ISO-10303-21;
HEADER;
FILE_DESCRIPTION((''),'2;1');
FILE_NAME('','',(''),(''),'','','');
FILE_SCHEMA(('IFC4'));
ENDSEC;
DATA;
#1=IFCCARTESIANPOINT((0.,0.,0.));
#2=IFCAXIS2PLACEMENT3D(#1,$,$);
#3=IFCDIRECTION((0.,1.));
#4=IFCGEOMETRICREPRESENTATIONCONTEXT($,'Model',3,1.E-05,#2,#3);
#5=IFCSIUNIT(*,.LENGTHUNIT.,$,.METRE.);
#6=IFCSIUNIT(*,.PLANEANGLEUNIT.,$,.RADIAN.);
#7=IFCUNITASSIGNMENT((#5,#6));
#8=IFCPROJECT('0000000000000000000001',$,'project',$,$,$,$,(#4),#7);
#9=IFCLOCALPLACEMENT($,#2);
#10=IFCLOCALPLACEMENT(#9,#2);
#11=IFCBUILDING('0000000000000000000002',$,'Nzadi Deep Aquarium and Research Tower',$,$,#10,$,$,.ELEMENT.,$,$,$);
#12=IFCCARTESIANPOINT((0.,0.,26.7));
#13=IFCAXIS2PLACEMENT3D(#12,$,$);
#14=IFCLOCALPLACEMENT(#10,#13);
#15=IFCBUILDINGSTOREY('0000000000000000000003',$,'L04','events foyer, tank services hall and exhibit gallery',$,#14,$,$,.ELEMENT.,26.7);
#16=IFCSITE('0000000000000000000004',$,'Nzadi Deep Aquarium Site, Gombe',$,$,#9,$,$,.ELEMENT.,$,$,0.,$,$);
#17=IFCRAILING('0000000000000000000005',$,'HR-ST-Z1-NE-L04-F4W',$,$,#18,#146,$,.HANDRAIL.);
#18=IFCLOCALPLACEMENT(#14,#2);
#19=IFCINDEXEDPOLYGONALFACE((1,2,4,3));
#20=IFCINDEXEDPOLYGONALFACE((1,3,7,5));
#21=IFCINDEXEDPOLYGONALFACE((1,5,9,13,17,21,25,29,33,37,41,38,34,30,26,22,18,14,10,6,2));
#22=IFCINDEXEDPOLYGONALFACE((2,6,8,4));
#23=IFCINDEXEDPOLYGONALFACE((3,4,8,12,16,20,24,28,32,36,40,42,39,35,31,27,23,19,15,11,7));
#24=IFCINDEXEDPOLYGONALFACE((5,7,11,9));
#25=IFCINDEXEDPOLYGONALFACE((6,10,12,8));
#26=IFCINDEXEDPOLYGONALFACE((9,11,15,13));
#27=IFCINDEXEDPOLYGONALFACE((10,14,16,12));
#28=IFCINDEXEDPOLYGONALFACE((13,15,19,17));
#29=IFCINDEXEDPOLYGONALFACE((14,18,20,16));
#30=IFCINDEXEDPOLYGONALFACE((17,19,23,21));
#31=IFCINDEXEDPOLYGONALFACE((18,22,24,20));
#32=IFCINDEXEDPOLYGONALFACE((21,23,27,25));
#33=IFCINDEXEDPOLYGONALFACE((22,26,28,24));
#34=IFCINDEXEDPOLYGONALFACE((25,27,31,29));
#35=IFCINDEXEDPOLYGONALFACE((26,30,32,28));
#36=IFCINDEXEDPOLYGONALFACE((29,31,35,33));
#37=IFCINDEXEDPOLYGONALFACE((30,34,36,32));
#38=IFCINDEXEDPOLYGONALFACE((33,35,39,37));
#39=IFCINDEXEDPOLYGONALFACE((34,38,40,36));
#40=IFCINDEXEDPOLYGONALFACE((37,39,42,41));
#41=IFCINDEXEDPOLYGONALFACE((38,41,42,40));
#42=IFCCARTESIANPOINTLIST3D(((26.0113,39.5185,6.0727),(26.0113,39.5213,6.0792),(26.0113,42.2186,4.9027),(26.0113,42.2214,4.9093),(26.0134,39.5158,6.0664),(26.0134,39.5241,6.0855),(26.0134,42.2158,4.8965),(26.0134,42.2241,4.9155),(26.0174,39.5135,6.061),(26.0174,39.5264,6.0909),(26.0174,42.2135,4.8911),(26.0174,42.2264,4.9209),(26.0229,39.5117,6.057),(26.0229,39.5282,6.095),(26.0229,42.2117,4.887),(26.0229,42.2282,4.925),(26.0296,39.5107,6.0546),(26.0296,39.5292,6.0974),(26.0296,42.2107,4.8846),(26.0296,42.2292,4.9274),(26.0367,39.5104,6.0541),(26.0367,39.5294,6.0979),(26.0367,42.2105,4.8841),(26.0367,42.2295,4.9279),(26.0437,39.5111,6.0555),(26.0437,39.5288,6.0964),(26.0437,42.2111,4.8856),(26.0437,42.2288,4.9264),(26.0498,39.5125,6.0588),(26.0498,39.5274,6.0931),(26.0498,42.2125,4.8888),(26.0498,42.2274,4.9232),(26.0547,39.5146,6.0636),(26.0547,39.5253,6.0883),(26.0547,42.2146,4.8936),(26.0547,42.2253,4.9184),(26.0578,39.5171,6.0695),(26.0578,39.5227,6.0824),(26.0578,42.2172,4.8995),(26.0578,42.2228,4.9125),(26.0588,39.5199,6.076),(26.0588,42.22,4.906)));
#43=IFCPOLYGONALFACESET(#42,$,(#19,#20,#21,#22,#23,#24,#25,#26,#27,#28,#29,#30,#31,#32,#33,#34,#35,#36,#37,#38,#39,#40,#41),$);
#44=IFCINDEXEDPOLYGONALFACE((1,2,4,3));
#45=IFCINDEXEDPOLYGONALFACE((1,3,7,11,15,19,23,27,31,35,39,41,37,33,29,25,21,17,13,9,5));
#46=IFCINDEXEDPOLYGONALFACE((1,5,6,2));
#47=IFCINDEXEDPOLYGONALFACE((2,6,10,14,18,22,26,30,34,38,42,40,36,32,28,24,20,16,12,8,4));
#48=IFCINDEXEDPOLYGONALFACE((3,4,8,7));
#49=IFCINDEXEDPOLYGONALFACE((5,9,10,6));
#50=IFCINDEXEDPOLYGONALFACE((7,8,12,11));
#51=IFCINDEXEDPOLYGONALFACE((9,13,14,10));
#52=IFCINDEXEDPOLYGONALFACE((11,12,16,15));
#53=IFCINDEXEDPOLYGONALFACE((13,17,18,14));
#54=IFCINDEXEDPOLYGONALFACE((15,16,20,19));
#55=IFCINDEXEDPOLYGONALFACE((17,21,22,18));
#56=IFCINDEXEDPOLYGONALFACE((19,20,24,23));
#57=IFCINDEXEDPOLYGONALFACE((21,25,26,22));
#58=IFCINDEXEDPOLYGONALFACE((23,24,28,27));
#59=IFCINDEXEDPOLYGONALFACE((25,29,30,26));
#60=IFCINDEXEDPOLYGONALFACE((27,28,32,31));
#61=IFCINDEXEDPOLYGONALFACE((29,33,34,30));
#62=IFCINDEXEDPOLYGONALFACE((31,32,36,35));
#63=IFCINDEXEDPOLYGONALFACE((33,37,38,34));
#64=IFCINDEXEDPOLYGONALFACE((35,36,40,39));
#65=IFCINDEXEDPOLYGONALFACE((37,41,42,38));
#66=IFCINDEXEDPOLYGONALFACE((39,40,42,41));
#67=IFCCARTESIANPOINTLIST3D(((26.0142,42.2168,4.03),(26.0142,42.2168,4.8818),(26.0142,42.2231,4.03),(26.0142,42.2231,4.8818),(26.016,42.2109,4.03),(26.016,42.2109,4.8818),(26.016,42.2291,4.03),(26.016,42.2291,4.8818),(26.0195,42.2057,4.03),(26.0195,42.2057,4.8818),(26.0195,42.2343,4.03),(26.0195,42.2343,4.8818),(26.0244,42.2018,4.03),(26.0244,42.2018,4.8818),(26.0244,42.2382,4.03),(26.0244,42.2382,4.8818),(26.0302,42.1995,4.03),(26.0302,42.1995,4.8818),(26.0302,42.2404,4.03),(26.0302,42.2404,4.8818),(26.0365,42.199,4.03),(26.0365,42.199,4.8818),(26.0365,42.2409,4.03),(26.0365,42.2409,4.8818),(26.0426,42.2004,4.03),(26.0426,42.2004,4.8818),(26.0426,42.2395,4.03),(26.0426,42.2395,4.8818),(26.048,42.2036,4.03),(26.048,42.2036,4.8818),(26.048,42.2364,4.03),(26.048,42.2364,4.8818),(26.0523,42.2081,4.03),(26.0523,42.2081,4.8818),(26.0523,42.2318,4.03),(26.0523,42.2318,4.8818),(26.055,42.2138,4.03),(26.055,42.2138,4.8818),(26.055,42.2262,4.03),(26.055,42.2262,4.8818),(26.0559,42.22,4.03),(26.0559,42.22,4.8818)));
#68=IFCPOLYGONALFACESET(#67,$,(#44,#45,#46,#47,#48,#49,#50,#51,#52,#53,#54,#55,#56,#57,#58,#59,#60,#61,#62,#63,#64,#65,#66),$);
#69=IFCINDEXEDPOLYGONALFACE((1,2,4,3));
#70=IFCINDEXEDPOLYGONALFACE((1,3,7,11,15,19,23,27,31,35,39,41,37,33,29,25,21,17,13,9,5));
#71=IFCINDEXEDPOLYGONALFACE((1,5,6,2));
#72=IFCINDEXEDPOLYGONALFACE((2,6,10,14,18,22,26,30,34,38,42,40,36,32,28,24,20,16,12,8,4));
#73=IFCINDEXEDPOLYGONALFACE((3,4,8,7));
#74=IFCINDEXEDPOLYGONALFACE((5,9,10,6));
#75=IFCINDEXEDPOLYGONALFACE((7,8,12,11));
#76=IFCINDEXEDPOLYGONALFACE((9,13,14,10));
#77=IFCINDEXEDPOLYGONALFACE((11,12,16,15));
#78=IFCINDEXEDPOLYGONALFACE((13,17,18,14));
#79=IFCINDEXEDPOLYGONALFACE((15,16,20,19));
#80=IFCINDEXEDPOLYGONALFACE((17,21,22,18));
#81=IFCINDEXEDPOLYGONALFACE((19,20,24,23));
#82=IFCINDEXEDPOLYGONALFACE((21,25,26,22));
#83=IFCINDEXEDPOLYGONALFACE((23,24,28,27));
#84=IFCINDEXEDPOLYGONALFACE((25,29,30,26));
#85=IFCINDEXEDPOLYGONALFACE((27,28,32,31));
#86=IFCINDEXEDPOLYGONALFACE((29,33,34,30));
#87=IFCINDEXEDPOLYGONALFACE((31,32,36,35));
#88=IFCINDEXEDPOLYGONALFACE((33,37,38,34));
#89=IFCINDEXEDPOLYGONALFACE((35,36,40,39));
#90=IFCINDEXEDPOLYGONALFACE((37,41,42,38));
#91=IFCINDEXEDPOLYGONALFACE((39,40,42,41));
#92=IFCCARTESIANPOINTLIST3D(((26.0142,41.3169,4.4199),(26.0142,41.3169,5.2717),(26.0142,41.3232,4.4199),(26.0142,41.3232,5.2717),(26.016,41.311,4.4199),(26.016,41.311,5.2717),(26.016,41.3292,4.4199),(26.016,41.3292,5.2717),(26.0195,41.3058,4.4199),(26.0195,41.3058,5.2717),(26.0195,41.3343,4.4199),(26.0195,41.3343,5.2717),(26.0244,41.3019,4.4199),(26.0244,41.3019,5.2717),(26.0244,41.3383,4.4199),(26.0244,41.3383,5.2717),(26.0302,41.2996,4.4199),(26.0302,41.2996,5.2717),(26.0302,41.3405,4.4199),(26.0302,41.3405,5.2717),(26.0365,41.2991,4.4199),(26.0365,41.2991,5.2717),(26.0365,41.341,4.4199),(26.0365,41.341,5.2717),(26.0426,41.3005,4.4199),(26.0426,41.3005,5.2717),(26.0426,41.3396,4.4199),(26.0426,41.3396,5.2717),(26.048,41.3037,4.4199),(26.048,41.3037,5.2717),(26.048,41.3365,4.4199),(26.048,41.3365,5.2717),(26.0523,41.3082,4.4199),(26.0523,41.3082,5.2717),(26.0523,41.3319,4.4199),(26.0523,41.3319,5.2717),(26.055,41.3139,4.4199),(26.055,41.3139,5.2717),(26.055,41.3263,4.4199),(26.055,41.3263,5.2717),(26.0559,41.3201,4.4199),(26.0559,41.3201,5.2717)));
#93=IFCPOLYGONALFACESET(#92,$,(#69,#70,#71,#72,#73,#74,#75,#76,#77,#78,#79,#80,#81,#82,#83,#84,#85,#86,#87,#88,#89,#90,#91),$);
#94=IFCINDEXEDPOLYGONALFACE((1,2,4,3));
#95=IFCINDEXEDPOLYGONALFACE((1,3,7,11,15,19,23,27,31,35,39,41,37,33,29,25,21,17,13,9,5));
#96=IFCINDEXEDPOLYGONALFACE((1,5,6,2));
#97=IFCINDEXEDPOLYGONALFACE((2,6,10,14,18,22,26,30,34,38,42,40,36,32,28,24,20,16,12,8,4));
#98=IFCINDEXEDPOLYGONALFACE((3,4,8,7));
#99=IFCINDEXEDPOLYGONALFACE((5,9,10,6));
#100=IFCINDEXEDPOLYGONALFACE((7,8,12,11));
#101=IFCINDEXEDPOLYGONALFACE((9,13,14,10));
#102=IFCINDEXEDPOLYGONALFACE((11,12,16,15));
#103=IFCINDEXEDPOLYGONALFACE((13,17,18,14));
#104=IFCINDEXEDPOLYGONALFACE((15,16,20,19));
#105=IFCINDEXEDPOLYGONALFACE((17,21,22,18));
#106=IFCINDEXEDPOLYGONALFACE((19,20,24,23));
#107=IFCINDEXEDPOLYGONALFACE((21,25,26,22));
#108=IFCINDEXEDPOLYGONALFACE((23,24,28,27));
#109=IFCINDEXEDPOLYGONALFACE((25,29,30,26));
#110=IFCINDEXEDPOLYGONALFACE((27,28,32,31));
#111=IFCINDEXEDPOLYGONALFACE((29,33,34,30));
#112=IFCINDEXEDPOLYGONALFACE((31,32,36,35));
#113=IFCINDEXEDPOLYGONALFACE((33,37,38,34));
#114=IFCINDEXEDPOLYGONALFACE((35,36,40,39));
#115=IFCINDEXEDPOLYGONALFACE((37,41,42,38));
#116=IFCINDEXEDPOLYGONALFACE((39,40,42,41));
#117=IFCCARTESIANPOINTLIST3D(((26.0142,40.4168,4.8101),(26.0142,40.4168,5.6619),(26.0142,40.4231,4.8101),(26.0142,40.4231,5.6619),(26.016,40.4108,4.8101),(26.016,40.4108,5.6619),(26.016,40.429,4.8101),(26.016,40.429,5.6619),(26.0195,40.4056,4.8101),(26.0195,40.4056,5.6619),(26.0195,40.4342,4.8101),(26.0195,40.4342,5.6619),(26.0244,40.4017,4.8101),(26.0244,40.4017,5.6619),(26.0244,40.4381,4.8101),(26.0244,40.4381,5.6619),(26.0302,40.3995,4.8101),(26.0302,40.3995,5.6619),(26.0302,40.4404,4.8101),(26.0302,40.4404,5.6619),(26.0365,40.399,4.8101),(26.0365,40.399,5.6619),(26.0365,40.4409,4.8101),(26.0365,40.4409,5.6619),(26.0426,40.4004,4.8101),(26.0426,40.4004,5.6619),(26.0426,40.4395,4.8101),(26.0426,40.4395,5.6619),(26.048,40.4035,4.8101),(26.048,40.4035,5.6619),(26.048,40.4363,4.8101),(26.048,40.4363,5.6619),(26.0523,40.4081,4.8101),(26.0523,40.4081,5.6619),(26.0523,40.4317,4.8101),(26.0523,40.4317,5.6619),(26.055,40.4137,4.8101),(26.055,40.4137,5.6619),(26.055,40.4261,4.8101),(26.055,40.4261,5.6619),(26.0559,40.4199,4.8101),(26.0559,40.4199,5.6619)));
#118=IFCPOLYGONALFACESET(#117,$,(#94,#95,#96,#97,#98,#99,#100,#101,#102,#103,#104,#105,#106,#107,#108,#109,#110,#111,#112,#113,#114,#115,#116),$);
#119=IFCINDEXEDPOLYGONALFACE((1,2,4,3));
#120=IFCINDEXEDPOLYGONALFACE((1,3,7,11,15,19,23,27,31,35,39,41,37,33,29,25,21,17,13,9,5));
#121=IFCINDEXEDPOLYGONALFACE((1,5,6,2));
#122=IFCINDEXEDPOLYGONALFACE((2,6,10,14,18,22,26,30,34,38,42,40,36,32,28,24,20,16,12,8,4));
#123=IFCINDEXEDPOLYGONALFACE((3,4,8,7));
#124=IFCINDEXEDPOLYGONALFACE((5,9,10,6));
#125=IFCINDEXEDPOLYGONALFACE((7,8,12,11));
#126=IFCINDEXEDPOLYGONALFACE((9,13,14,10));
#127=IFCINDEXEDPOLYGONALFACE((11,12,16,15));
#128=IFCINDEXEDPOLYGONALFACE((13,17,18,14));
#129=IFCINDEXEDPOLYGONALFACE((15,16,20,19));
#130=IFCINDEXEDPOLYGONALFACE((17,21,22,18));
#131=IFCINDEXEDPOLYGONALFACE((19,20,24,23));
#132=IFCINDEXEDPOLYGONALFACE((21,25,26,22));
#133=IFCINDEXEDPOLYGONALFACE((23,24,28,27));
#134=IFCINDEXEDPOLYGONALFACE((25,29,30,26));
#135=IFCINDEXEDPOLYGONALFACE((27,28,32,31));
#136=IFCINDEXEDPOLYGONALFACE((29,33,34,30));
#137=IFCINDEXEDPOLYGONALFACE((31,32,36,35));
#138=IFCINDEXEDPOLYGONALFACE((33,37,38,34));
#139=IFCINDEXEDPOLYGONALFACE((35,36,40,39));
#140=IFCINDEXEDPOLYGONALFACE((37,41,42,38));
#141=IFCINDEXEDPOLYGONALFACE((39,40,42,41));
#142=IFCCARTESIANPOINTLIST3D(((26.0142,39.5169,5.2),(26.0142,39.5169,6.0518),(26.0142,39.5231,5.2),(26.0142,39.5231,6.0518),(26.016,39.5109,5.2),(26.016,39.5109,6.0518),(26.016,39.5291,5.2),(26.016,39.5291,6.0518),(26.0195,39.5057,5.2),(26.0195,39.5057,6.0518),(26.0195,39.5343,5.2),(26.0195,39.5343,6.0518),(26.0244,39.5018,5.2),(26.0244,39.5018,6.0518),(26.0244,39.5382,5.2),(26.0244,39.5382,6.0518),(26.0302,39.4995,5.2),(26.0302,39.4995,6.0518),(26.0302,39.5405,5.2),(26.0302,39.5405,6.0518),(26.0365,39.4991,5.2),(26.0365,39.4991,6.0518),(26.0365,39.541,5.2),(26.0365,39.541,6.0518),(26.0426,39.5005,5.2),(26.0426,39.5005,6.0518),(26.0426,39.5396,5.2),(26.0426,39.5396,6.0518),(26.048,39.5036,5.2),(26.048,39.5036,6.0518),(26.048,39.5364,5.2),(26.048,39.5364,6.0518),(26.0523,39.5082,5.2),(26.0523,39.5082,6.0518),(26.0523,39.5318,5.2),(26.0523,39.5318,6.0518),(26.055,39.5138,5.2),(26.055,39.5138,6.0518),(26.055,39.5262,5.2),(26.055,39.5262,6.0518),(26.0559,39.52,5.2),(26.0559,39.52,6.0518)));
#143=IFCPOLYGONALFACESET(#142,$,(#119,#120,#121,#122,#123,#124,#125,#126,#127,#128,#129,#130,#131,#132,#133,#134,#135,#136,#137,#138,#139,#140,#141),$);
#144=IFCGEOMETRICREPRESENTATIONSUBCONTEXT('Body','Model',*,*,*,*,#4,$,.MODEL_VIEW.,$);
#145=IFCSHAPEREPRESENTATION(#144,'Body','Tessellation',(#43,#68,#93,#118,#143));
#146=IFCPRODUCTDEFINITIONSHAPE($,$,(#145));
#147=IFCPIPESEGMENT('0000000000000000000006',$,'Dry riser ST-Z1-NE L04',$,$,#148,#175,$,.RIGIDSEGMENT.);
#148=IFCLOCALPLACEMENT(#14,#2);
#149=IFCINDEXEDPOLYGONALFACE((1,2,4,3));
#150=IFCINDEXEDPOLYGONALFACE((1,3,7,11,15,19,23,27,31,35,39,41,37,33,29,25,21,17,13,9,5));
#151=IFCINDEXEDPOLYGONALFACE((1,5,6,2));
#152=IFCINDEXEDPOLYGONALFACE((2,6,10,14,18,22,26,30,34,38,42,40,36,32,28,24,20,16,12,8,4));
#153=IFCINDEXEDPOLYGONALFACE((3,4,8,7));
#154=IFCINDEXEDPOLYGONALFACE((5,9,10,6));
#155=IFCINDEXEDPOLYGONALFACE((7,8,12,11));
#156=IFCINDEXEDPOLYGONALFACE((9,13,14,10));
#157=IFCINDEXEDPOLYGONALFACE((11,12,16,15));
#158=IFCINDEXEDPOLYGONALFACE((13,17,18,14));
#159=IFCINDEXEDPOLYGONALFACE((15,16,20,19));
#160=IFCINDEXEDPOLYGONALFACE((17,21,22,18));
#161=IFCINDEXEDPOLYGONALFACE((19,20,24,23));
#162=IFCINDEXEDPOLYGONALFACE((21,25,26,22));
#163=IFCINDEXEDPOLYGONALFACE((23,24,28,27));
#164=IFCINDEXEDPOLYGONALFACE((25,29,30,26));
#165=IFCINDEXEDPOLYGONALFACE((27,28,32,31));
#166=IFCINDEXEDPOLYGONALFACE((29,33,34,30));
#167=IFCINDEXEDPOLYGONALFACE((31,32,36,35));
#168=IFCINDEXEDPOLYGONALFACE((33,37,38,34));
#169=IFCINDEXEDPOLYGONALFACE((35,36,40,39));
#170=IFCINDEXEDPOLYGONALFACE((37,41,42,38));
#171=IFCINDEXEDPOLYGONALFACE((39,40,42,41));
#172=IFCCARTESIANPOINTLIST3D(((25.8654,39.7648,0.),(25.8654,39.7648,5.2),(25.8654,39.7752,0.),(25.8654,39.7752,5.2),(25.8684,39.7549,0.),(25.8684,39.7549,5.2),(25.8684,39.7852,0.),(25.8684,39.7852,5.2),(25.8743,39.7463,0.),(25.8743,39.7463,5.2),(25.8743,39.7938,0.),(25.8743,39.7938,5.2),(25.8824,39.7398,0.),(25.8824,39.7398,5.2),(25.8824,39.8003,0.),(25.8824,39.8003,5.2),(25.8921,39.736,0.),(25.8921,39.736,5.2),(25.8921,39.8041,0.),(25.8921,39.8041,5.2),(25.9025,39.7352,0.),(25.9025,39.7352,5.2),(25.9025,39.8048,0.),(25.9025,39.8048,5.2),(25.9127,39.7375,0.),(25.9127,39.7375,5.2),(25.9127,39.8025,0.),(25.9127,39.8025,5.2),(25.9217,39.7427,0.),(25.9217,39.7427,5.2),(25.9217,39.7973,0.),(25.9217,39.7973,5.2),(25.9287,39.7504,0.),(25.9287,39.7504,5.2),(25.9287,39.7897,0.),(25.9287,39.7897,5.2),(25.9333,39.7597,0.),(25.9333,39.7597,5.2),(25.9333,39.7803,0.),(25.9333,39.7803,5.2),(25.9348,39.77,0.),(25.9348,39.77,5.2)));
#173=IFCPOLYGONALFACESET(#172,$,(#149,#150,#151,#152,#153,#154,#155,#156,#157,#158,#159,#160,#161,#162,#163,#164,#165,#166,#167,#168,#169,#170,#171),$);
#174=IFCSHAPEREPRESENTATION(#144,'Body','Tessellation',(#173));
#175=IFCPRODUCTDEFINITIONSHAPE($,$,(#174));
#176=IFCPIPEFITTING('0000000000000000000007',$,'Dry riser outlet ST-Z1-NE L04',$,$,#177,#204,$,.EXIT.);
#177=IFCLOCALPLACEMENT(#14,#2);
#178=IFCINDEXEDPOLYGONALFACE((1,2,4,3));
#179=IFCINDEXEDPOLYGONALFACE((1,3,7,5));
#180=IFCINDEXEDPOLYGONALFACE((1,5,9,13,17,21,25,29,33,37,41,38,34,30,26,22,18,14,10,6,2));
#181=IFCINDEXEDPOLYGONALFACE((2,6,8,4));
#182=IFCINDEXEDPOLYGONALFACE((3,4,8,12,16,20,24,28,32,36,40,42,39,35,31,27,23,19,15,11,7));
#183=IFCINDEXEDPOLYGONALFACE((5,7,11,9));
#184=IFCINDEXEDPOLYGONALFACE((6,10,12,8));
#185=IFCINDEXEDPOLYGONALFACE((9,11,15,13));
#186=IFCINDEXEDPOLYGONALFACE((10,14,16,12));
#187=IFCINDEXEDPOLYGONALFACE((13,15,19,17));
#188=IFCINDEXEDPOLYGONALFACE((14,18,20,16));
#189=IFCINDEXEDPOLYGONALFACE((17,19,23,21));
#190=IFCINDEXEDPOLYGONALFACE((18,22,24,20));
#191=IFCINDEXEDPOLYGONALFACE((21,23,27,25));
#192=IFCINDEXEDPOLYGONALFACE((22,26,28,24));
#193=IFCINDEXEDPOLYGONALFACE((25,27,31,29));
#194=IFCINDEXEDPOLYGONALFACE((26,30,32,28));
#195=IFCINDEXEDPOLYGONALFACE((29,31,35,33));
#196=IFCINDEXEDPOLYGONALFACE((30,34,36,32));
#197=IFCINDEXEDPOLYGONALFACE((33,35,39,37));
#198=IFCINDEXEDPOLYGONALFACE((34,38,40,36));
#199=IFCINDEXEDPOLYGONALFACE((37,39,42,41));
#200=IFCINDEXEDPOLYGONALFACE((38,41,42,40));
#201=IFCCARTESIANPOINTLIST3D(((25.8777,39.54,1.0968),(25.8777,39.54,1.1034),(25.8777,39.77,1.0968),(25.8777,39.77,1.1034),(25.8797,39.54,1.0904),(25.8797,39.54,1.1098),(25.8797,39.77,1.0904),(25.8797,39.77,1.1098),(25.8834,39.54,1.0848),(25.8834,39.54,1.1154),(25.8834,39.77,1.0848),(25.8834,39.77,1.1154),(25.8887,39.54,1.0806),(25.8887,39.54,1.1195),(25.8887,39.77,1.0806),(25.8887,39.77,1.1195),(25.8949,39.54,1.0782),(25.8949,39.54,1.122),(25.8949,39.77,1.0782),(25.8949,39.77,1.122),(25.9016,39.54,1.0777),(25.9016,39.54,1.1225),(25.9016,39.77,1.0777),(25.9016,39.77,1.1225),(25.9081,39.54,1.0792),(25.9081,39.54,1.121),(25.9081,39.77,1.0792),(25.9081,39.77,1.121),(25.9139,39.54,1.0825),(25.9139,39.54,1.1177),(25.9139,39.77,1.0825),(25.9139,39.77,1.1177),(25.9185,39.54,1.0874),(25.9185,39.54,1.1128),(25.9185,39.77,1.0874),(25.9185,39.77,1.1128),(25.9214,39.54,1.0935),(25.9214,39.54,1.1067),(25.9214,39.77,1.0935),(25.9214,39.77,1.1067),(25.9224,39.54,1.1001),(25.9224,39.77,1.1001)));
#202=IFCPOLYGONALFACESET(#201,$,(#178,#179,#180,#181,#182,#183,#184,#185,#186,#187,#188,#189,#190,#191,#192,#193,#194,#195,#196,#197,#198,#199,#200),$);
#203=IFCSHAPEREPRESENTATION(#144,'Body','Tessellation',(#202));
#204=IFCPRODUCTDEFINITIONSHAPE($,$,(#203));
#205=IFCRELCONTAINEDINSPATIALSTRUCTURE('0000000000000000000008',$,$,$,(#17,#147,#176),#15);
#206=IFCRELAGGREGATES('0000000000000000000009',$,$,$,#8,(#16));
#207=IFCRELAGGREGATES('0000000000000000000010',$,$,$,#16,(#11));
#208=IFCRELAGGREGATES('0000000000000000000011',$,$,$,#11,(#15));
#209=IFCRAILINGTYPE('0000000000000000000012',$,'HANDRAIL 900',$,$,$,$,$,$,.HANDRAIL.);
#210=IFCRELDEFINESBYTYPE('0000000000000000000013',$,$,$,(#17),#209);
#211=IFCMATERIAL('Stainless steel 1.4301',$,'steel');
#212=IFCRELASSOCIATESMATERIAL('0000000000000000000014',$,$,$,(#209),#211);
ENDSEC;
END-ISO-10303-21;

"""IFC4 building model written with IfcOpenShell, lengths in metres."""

from ifc_helpers import new_model, si_unit, direction, frame, origin, origin_2d, place, context, subcontext, project, spatial, circle, extrude, material, type_object, element, save


model = new_model("IFC4")

# Units and contexts
model_context = context("Model", 3, precision=1e-05, world=origin(), true_north=direction((0.0, 1.0)))
body_context = subcontext(model_context, "Body", "Model", "MODEL_VIEW")
ifc_project = project(units=[si_unit("LENGTHUNIT", "METRE"), si_unit("PLANEANGLEUNIT", "RADIAN")], contexts=[model_context])

# Site, building, storey
site_placement = place(None, origin())
site = spatial("IfcSite", under=ifc_project, at=site_placement, Name="Nzadi Deep Aquarium Site, Gombe", CompositionType="ELEMENT", RefElevation=0.0)
building_placement = place(site_placement, origin())
building = spatial("IfcBuilding", under=site, at=building_placement, Name="Nzadi Deep Aquarium and Research Tower", CompositionType="ELEMENT")
storey_placement = place(building_placement, frame((0.0, 0.0, 26.7)))
storey = spatial("IfcBuildingStorey", under=building, at=storey_placement, Name="L04", Description="events foyer, tank services hall and exhibit gallery", CompositionType="ELEMENT", Elevation=26.7)

# Railing
ifc_material_1 = material(Name="Stainless steel 1.4301", Category="steel")
railing_type = type_object("IfcRailingType", Name="HANDRAIL 900", PredefinedType="HANDRAIL", material=ifc_material_1)
for number, where, name in (
    (1, (26.0349, 42.22, 4.03), "HR-ST-Z1-NE-L04-F4W"),
):
    element("IfcRailing", number, at=place(storey_placement, frame(where)), inside=storey, type_object=railing_type, Name=name, PredefinedType="HANDRAIL", context=body_context, shape_type="SweptSolid", body=[
        extrude(circle(Radius=0.0239, at=origin_2d()), frame((0.0, 0.0, 0.876), z_axis=(0.0, -0.917563, 0.397591), x_axis=(1.0, 0.0, 0.0)), (0.0, 0.0, 1.0), 2.9426),
        extrude(circle(Radius=0.021, at=origin_2d()), origin(), (0.0, 0.0, 1.0), 0.8518),
        extrude(circle(Radius=0.021, at=origin_2d()), frame((0.0, -0.8999, 0.3899)), (0.0, 0.0, 1.0), 0.8518),
        extrude(circle(Radius=0.021, at=origin_2d()), frame((0.0, -1.8, 0.78)), (0.0, 0.0, 1.0), 0.8518),
        extrude(circle(Radius=0.021, at=origin_2d()), frame((0.0, -2.7, 1.1699)), (0.0, 0.0, 1.0), 0.8518),
    ])

# Pipe segment
pipe_segment_placement = place(storey_placement, frame((25.8999, 39.77, 0.0), z_axis=(0.0, 0.0, 1.0), x_axis=(1.0, 0.0, 0.0)))
element("IfcPipeSegment", 2, at=pipe_segment_placement, inside=storey, Name="Dry riser ST-Z1-NE L04", PredefinedType="RIGIDSEGMENT", context=body_context, shape_type="SweptSolid", body=[
    extrude(circle(Radius=0.0349, at=origin_2d()), origin(), (0.0, 0.0, 1.0), 5.2),
])

# Pipe fitting
pipe_fitting_placement = place(storey_placement, frame((25.8999, 39.77, 1.1001), z_axis=(0.0, -1.0, 0.0), x_axis=(1.0, 0.0, 0.0)))
element("IfcPipeFitting", 3, at=pipe_fitting_placement, inside=storey, Name="Dry riser outlet ST-Z1-NE L04", PredefinedType="EXIT", context=body_context, shape_type="SweptSolid", body=[
    extrude(circle(Radius=0.0225, at=origin_2d()), origin(), (0.0, 0.0, 1.0), 0.23),
])

save(model, "model.ifc")
